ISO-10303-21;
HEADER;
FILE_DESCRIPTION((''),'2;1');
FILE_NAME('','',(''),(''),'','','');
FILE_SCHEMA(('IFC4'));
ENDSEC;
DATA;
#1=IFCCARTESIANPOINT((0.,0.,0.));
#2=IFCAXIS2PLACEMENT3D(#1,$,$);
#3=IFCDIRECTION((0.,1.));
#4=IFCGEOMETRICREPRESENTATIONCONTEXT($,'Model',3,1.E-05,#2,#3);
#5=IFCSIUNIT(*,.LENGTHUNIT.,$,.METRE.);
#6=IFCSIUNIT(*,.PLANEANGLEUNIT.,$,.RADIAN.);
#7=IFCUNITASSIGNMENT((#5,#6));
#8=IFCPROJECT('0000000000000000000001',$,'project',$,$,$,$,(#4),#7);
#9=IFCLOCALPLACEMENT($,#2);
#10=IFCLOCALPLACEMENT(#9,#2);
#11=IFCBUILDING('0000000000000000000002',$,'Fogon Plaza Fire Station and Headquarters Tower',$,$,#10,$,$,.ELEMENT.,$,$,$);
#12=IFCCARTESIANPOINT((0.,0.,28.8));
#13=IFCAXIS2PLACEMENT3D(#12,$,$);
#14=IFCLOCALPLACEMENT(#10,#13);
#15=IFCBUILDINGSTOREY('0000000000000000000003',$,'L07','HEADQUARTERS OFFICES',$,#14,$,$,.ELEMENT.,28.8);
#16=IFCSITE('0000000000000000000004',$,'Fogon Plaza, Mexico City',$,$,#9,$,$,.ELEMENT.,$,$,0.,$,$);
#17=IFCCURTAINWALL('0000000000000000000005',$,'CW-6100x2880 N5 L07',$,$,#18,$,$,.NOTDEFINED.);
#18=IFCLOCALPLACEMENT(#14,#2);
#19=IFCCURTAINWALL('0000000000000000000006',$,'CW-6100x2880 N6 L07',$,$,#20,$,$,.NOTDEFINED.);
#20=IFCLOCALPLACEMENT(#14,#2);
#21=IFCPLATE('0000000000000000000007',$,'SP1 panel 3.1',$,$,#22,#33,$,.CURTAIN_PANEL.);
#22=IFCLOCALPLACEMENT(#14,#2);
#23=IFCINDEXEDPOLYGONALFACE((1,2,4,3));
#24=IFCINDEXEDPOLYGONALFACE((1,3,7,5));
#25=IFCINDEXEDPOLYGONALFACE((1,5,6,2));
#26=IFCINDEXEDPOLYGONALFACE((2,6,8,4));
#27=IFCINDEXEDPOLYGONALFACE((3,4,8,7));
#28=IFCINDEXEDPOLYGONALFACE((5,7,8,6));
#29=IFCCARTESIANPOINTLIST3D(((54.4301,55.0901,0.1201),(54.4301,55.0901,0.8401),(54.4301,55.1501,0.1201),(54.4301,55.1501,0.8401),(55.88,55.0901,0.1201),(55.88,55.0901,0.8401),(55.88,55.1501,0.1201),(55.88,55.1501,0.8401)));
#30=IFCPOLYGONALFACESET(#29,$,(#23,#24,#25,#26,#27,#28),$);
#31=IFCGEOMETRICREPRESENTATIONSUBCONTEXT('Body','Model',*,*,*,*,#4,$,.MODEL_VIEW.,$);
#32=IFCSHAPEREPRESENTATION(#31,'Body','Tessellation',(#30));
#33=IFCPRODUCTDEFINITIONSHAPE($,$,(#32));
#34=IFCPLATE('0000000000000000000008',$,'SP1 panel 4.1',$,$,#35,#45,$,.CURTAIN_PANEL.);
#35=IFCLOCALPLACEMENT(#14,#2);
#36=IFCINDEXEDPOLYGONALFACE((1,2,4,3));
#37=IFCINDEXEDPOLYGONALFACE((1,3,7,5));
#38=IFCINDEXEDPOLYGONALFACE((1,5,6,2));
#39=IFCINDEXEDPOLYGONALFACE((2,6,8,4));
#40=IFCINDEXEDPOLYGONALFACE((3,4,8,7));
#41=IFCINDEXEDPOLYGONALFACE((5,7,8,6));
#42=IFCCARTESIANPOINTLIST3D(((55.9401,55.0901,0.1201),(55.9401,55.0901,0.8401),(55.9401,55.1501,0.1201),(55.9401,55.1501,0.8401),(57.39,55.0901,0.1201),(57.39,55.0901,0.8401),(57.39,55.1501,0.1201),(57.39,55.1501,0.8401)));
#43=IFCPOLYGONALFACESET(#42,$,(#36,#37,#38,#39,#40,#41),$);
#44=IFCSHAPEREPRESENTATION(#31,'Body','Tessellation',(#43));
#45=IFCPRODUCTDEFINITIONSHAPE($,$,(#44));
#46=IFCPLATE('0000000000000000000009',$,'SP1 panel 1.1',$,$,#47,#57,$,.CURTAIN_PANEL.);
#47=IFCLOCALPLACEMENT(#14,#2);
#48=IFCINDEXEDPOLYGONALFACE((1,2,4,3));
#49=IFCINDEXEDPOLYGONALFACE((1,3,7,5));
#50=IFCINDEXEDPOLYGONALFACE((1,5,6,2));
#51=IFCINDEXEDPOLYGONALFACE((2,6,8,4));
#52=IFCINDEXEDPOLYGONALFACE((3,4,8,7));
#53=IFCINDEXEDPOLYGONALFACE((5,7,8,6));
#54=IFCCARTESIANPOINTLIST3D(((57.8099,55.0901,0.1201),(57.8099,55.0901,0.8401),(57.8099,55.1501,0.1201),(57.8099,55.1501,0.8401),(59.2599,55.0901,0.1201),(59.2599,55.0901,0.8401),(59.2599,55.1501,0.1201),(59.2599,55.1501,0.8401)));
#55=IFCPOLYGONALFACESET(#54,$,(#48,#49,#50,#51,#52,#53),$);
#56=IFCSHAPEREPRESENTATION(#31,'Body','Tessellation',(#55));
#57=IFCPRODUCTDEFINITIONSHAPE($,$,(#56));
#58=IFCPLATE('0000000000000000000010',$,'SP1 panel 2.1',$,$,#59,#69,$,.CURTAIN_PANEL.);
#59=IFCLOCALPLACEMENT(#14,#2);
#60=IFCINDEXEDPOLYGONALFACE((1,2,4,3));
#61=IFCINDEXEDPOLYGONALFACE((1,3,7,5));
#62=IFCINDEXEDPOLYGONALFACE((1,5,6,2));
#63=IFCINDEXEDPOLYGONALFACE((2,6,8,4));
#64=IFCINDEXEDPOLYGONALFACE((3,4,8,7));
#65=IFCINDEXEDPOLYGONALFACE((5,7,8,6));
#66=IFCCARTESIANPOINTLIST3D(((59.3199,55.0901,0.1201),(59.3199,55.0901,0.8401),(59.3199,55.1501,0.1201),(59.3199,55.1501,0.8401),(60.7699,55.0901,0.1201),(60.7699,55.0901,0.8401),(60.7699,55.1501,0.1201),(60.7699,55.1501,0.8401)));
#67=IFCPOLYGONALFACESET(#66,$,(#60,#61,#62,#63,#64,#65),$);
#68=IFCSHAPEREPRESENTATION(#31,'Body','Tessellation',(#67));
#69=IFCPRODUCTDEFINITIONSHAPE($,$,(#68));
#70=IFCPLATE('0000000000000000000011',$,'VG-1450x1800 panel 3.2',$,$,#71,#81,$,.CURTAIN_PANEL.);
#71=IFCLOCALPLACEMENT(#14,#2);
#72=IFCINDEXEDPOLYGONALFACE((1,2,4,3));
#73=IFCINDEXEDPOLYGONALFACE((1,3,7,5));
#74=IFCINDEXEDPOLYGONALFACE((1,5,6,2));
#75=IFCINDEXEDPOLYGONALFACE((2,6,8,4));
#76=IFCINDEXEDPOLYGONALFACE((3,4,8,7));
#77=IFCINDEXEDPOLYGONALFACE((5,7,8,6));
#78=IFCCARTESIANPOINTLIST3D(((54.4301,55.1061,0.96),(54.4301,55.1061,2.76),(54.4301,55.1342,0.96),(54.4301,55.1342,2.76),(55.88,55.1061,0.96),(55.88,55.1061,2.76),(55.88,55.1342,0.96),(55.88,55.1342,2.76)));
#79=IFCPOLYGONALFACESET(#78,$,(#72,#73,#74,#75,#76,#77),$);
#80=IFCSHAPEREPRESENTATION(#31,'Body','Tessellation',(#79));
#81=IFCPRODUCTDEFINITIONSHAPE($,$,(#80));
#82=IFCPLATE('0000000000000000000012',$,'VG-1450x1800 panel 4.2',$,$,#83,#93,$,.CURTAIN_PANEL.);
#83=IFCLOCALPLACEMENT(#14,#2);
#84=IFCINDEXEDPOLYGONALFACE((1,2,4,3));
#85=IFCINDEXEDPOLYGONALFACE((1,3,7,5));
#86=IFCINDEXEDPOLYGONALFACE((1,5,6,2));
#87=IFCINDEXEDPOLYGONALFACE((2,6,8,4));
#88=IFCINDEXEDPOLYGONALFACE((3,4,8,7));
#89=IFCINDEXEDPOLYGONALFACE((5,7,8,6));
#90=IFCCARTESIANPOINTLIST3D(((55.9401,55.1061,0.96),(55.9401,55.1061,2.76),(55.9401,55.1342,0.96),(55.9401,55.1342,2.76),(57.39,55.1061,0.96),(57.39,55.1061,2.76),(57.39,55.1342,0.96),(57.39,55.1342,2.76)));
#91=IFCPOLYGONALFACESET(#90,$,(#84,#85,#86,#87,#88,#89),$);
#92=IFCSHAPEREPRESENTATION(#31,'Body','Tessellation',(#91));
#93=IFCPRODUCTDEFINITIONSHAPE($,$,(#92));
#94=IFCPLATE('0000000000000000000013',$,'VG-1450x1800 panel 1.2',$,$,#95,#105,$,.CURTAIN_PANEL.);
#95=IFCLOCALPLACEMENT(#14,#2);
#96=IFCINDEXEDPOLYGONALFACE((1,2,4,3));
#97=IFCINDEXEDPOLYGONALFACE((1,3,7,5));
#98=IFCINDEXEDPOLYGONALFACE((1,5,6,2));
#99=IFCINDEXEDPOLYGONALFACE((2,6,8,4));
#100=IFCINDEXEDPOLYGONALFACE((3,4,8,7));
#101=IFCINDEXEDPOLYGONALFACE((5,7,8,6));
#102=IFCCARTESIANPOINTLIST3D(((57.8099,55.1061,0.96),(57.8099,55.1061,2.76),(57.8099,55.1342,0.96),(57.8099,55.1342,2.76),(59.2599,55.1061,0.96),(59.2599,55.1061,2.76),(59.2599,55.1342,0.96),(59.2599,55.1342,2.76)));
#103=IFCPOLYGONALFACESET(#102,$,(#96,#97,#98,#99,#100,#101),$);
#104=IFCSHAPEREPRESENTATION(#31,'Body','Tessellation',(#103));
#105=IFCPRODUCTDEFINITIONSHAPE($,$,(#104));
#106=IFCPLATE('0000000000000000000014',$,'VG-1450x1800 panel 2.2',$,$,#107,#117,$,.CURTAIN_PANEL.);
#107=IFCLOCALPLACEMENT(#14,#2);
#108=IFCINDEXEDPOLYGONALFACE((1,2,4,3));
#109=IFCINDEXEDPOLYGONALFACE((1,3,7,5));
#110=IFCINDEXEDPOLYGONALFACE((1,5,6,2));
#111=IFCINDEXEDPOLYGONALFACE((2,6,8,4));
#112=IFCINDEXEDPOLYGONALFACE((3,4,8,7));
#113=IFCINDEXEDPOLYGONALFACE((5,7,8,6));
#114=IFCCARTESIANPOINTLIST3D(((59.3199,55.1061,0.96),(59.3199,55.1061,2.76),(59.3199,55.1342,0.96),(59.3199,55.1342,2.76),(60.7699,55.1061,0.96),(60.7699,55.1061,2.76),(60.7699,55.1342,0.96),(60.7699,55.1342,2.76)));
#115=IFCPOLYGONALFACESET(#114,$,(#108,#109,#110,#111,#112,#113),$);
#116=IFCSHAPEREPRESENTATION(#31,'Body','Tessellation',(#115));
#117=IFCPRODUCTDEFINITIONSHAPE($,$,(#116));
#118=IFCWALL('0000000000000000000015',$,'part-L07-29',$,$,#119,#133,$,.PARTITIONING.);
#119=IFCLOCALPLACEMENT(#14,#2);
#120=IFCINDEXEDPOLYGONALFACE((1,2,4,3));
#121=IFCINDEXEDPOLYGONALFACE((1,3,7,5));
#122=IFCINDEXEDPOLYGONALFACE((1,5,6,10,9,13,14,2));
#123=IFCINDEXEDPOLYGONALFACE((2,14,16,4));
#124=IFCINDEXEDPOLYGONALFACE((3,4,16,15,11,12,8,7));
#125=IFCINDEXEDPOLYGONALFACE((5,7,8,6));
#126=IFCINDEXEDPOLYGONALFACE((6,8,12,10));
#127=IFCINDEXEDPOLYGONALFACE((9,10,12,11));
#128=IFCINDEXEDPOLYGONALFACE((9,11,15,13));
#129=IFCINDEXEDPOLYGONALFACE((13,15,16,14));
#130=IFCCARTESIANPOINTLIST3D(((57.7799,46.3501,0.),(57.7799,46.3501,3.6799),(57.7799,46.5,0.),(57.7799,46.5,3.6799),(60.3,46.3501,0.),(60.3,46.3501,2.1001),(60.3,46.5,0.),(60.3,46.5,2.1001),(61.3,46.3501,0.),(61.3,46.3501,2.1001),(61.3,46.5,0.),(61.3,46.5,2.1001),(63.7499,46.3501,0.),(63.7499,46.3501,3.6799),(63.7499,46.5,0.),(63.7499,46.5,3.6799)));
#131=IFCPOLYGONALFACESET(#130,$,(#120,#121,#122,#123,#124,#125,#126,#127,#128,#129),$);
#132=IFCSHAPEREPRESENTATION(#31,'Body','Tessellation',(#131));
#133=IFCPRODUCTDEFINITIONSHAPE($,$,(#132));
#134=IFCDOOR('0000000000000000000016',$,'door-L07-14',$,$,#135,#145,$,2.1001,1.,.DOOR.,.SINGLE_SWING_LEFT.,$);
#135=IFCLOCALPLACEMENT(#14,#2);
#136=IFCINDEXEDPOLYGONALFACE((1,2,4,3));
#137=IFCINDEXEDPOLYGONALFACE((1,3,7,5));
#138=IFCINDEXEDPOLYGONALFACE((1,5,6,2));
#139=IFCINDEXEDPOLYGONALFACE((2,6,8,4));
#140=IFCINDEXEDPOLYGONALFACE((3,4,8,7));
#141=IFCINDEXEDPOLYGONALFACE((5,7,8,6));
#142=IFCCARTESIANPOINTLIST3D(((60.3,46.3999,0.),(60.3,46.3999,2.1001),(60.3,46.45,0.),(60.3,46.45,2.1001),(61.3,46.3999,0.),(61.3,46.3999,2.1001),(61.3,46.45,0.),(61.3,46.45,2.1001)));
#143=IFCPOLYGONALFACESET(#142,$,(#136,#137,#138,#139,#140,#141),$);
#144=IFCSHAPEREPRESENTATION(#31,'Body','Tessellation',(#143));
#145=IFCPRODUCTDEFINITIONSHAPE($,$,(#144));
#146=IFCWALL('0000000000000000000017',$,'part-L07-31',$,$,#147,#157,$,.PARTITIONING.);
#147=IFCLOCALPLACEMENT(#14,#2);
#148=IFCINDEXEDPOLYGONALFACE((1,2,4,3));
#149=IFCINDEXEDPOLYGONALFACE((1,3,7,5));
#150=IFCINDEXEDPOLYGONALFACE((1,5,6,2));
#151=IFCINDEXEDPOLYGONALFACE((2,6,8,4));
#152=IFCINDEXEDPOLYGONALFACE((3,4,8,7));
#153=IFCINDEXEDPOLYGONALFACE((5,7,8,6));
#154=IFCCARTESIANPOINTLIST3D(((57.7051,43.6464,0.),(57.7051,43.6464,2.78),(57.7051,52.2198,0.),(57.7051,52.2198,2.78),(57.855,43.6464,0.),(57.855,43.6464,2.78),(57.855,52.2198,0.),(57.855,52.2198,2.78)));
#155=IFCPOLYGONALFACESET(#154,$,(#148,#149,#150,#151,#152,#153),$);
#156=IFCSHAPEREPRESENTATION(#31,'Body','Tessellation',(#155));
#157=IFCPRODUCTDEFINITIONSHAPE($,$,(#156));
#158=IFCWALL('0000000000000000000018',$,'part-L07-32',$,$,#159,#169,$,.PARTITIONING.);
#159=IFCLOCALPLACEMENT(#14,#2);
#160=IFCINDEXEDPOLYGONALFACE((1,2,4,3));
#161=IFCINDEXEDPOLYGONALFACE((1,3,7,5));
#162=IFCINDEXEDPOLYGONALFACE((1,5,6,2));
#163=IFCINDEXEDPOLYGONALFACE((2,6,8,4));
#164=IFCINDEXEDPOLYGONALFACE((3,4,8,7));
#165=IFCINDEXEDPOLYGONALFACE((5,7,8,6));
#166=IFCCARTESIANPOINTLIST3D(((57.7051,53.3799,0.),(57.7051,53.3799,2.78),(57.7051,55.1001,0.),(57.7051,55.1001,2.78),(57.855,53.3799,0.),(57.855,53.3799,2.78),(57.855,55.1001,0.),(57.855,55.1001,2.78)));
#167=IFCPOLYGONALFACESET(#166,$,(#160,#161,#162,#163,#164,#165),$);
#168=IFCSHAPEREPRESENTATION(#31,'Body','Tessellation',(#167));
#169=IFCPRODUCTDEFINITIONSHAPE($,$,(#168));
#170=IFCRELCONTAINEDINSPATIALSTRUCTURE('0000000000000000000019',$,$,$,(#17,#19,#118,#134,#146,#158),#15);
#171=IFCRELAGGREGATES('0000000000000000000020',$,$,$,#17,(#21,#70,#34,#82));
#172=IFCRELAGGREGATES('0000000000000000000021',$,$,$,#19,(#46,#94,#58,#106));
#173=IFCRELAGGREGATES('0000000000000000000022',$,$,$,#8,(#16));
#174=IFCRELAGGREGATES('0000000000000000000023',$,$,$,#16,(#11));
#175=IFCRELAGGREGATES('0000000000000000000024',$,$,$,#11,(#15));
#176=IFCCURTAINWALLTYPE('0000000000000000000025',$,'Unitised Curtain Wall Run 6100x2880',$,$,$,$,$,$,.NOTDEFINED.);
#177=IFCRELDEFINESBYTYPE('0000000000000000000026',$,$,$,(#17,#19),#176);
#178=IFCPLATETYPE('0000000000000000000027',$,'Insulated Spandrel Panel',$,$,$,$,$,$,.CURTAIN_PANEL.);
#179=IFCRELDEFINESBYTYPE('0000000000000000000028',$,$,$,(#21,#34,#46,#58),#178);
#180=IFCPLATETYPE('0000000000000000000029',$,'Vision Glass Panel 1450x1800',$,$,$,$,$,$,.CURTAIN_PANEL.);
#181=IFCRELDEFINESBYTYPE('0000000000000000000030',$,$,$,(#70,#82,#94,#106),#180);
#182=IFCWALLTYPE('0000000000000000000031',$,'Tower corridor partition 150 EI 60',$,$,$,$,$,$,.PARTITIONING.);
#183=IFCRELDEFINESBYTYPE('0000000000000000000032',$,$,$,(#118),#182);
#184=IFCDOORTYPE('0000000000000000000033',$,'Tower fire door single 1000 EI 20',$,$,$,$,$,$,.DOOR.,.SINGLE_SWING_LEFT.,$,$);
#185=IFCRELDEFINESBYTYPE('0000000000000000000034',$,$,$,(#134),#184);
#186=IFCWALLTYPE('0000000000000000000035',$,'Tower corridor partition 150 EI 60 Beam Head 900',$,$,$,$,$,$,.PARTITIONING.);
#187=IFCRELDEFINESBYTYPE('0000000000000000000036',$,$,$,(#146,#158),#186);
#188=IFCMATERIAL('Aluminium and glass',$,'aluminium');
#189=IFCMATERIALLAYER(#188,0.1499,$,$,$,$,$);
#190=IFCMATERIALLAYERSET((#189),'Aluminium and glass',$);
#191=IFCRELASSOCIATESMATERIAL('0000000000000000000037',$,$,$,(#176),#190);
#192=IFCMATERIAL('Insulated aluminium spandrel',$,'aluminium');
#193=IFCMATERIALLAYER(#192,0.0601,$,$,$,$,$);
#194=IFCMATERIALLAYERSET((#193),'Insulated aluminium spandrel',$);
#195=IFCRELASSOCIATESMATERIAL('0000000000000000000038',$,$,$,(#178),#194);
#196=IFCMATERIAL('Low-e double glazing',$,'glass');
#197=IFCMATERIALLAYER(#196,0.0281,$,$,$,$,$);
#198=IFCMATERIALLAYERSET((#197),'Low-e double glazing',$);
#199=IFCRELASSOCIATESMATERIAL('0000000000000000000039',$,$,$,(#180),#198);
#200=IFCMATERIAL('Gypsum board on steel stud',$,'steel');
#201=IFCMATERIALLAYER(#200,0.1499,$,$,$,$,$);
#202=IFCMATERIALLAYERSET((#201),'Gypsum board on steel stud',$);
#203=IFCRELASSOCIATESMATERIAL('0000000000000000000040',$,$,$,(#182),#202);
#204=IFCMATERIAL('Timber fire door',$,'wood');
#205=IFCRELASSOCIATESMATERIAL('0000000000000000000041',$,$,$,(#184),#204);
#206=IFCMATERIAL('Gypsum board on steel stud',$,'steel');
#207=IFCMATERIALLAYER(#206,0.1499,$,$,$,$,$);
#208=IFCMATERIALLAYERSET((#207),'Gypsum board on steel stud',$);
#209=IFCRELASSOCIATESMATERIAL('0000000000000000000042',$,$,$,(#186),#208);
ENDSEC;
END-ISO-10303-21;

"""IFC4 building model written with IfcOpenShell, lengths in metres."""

from ifc_helpers import new_model, si_unit, direction, frame, frame_2d, origin, origin_2d, place, context, subcontext, project, spatial, rectangle, extrude, material, layer, layer_set, type_object, element, fill, aggregate, save


model = new_model("IFC4")

# Units and contexts
model_context = context("Model", 3, precision=1e-05, world=origin(), true_north=direction((0.0, 1.0)))
body_context = subcontext(model_context, "Body", "Model", "MODEL_VIEW")
ifc_project = project(units=[si_unit("LENGTHUNIT", "METRE"), si_unit("PLANEANGLEUNIT", "RADIAN")], contexts=[model_context])

# Site, building, storey
site_placement = place(None, origin())
site = spatial("IfcSite", under=ifc_project, at=site_placement, Name="Fogon Plaza, Mexico City", CompositionType="ELEMENT", RefElevation=0.0)
building_placement = place(site_placement, origin())
building = spatial("IfcBuilding", under=site, at=building_placement, Name="Fogon Plaza Fire Station and Headquarters Tower", CompositionType="ELEMENT")
storey_placement = place(building_placement, frame((0.0, 0.0, 28.8)))
storey = spatial("IfcBuildingStorey", under=building, at=storey_placement, Name="L07", Description="HEADQUARTERS OFFICES", CompositionType="ELEMENT", Elevation=28.8)

# Curtain walls
ifc_material_1 = material(Name="Aluminium and glass", Category="aluminium")
ifc_layer_1 = layer(ifc_material_1, 0.1499)
ifc_layer_set_1 = layer_set([ifc_layer_1], Name="Aluminium and glass")
curtain_wall_type = type_object("IfcCurtainWallType", Name="Unitised Curtain Wall Run 6100x2880", PredefinedType="NOTDEFINED", material=ifc_layer_set_1)
curtain_wall_1_placement = place(storey_placement, origin())
curtain_wall_1 = element("IfcCurtainWall", 1, at=curtain_wall_1_placement, inside=storey, type_object=curtain_wall_type, Name="CW-6100x2880 N5 L07", PredefinedType="NOTDEFINED")
curtain_wall_2_placement = place(storey_placement, origin())
curtain_wall_2 = element("IfcCurtainWall", 2, at=curtain_wall_2_placement, inside=storey, type_object=curtain_wall_type, Name="CW-6100x2880 N6 L07", PredefinedType="NOTDEFINED")

# Plates
ifc_material_2 = material(Name="Insulated aluminium spandrel", Category="aluminium")
ifc_layer_2 = layer(ifc_material_2, 0.0601)
ifc_layer_set_2 = layer_set([ifc_layer_2], Name="Insulated aluminium spandrel")
plate_type_1 = type_object("IfcPlateType", Name="Insulated Spandrel Panel", PredefinedType="CURTAIN_PANEL", material=ifc_layer_set_2)
plate_1_placement = place(storey_placement, frame((55.155, 55.1201, 0.1201), z_axis=(0.0, 0.0, 1.0), x_axis=(1.0, 0.0, 0.0)))
plate_1 = element("IfcPlate", 3, at=plate_1_placement, type_object=plate_type_1, Name="SP1 panel 3.1", PredefinedType="CURTAIN_PANEL", context=body_context, shape_type="SweptSolid", body=[
    extrude(rectangle(XDim=1.45, YDim=0.0601, at=origin_2d()), origin(), (0.0, 0.0, 1.0), 0.72),
])
plate_2_placement = place(storey_placement, frame((56.665, 55.1201, 0.1201), z_axis=(0.0, 0.0, 1.0), x_axis=(1.0, 0.0, 0.0)))
plate_2 = element("IfcPlate", 4, at=plate_2_placement, type_object=plate_type_1, Name="SP1 panel 4.1", PredefinedType="CURTAIN_PANEL", context=body_context, shape_type="SweptSolid", body=[
    extrude(rectangle(XDim=1.45, YDim=0.0601, at=origin_2d()), origin(), (0.0, 0.0, 1.0), 0.72),
])
plate_3_placement = place(storey_placement, frame((58.5349, 55.1201, 0.1201), z_axis=(0.0, 0.0, 1.0), x_axis=(1.0, 0.0, 0.0)))
plate_3 = element("IfcPlate", 5, at=plate_3_placement, type_object=plate_type_1, Name="SP1 panel 1.1", PredefinedType="CURTAIN_PANEL", context=body_context, shape_type="SweptSolid", body=[
    extrude(rectangle(XDim=1.45, YDim=0.0601, at=origin_2d()), origin(), (0.0, 0.0, 1.0), 0.72),
])
plate_4_placement = place(storey_placement, frame((60.0449, 55.1201, 0.1201), z_axis=(0.0, 0.0, 1.0), x_axis=(1.0, 0.0, 0.0)))
plate_4 = element("IfcPlate", 6, at=plate_4_placement, type_object=plate_type_1, Name="SP1 panel 2.1", PredefinedType="CURTAIN_PANEL", context=body_context, shape_type="SweptSolid", body=[
    extrude(rectangle(XDim=1.45, YDim=0.0601, at=origin_2d()), origin(), (0.0, 0.0, 1.0), 0.72),
])
ifc_material_3 = material(Name="Low-e double glazing", Category="glass")
ifc_layer_3 = layer(ifc_material_3, 0.0281)
ifc_layer_set_3 = layer_set([ifc_layer_3], Name="Low-e double glazing")
plate_type_2 = type_object("IfcPlateType", Name="Vision Glass Panel 1450x1800", PredefinedType="CURTAIN_PANEL", material=ifc_layer_set_3)
plate_5_placement = place(storey_placement, frame((55.155, 55.1201, 0.96), z_axis=(0.0, 0.0, 1.0), x_axis=(1.0, 0.0, 0.0)))
plate_5 = element("IfcPlate", 7, at=plate_5_placement, type_object=plate_type_2, Name="VG-1450x1800 panel 3.2", PredefinedType="CURTAIN_PANEL", context=body_context, shape_type="SweptSolid", body=[
    extrude(rectangle(XDim=1.45, YDim=0.0281, at=origin_2d()), origin(), (0.0, 0.0, 1.0), 1.8),
])
plate_6_placement = place(storey_placement, frame((56.665, 55.1201, 0.96), z_axis=(0.0, 0.0, 1.0), x_axis=(1.0, 0.0, 0.0)))
plate_6 = element("IfcPlate", 8, at=plate_6_placement, type_object=plate_type_2, Name="VG-1450x1800 panel 4.2", PredefinedType="CURTAIN_PANEL", context=body_context, shape_type="SweptSolid", body=[
    extrude(rectangle(XDim=1.45, YDim=0.0281, at=origin_2d()), origin(), (0.0, 0.0, 1.0), 1.8),
])
aggregate(curtain_wall_1, [plate_1, plate_5, plate_2, plate_6])
plate_7_placement = place(storey_placement, frame((58.5349, 55.1201, 0.96), z_axis=(0.0, 0.0, 1.0), x_axis=(1.0, 0.0, 0.0)))
plate_7 = element("IfcPlate", 9, at=plate_7_placement, type_object=plate_type_2, Name="VG-1450x1800 panel 1.2", PredefinedType="CURTAIN_PANEL", context=body_context, shape_type="SweptSolid", body=[
    extrude(rectangle(XDim=1.45, YDim=0.0281, at=origin_2d()), origin(), (0.0, 0.0, 1.0), 1.8),
])
plate_8_placement = place(storey_placement, frame((60.0449, 55.1201, 0.96), z_axis=(0.0, 0.0, 1.0), x_axis=(1.0, 0.0, 0.0)))
plate_8 = element("IfcPlate", 10, at=plate_8_placement, type_object=plate_type_2, Name="VG-1450x1800 panel 2.2", PredefinedType="CURTAIN_PANEL", context=body_context, shape_type="SweptSolid", body=[
    extrude(rectangle(XDim=1.45, YDim=0.0281, at=origin_2d()), origin(), (0.0, 0.0, 1.0), 1.8),
])
aggregate(curtain_wall_2, [plate_3, plate_7, plate_4, plate_8])

# Wall, opening, door
ifc_material_4 = material(Name="Gypsum board on steel stud", Category="steel")
ifc_layer_4 = layer(ifc_material_4, 0.1499)
ifc_layer_set_4 = layer_set([ifc_layer_4], Name="Gypsum board on steel stud")
wall_type_1 = type_object("IfcWallType", Name="Tower corridor partition 150 EI 60", PredefinedType="PARTITIONING", material=ifc_layer_set_4)
wall_1_placement = place(storey_placement, frame((57.78, 46.425, 0.0), z_axis=(0.0, 0.0, 1.0), x_axis=(1.0, 0.0, 0.0)))
wall_1 = element("IfcWall", 11, at=wall_1_placement, inside=storey, type_object=wall_type_1, Name="part-L07-29", PredefinedType="PARTITIONING", context=body_context, shape_type="SweptSolid", body=[
    extrude(rectangle(XDim=5.97, YDim=0.1499, at=frame_2d((2.9849, 0.0))), origin(), (0.0, 0.0, 1.0), 3.6799),
])
opening_placement = place(wall_1_placement, frame((2.52, 0.0, 0.0)))
opening = element("IfcOpeningElement", 12, at=opening_placement, cuts=wall_1, PredefinedType="OPENING", context=body_context, shape_type="SweptSolid", body=[
    extrude(rectangle(XDim=1.0, YDim=2.1001, at=frame_2d((0.5, 1.05))), frame((0.0, 0.085, 0.0), z_axis=(0.0, -1.0, 0.0), x_axis=(1.0, 0.0, 0.0)), (0.0, 0.0, 1.0), 0.1699),
])
ifc_material_5 = material(Name="Timber fire door", Category="wood")
door_type = type_object("IfcDoorType", Name="Tower fire door single 1000 EI 20", OperationType="SINGLE_SWING_LEFT", PredefinedType="DOOR", material=ifc_material_5)
door_placement = place(opening_placement, origin())
door = element("IfcDoor", 13, at=door_placement, inside=storey, type_object=door_type, Name="door-L07-14", OperationType="SINGLE_SWING_LEFT", OverallHeight=2.1001, OverallWidth=1.0, PredefinedType="DOOR", context=body_context, shape_type="SweptSolid", body=[
    extrude(rectangle(XDim=1.0, YDim=2.1001, at=frame_2d((0.5, 1.05))), frame((0.0, 0.0249, 0.0), z_axis=(0.0, -1.0, 0.0), x_axis=(1.0, 0.0, 0.0)), (0.0, 0.0, 1.0), 0.05),
])
fill(opening, door)

# Walls
ifc_material_6 = material(Name="Gypsum board on steel stud", Category="steel")
ifc_layer_5 = layer(ifc_material_6, 0.1499)
ifc_layer_set_5 = layer_set([ifc_layer_5], Name="Gypsum board on steel stud")
wall_type_2 = type_object("IfcWallType", Name="Tower corridor partition 150 EI 60 Beam Head 900", PredefinedType="PARTITIONING", material=ifc_layer_set_5)
wall_2_placement = place(storey_placement, frame((57.78, 43.6465, 0.0), z_axis=(0.0, 0.0, 1.0), x_axis=(0.0, 1.0, 0.0)))
element("IfcWall", 14, at=wall_2_placement, inside=storey, type_object=wall_type_2, Name="part-L07-31", PredefinedType="PARTITIONING", context=body_context, shape_type="SweptSolid", body=[
    extrude(rectangle(XDim=8.5735, YDim=0.1499, at=frame_2d((4.2866, 0.0))), origin(), (0.0, 0.0, 1.0), 2.78),
])
wall_3_placement = place(storey_placement, frame((57.78, 53.3799, 0.0), z_axis=(0.0, 0.0, 1.0), x_axis=(0.0, 1.0, 0.0)))
element("IfcWall", 15, at=wall_3_placement, inside=storey, type_object=wall_type_2, Name="part-L07-32", PredefinedType="PARTITIONING", context=body_context, shape_type="SweptSolid", body=[
    extrude(rectangle(XDim=1.7202, YDim=0.1499, at=frame_2d((0.8601, 0.0))), origin(), (0.0, 0.0, 1.0), 2.78),
])

save(model, "model.ifc")
